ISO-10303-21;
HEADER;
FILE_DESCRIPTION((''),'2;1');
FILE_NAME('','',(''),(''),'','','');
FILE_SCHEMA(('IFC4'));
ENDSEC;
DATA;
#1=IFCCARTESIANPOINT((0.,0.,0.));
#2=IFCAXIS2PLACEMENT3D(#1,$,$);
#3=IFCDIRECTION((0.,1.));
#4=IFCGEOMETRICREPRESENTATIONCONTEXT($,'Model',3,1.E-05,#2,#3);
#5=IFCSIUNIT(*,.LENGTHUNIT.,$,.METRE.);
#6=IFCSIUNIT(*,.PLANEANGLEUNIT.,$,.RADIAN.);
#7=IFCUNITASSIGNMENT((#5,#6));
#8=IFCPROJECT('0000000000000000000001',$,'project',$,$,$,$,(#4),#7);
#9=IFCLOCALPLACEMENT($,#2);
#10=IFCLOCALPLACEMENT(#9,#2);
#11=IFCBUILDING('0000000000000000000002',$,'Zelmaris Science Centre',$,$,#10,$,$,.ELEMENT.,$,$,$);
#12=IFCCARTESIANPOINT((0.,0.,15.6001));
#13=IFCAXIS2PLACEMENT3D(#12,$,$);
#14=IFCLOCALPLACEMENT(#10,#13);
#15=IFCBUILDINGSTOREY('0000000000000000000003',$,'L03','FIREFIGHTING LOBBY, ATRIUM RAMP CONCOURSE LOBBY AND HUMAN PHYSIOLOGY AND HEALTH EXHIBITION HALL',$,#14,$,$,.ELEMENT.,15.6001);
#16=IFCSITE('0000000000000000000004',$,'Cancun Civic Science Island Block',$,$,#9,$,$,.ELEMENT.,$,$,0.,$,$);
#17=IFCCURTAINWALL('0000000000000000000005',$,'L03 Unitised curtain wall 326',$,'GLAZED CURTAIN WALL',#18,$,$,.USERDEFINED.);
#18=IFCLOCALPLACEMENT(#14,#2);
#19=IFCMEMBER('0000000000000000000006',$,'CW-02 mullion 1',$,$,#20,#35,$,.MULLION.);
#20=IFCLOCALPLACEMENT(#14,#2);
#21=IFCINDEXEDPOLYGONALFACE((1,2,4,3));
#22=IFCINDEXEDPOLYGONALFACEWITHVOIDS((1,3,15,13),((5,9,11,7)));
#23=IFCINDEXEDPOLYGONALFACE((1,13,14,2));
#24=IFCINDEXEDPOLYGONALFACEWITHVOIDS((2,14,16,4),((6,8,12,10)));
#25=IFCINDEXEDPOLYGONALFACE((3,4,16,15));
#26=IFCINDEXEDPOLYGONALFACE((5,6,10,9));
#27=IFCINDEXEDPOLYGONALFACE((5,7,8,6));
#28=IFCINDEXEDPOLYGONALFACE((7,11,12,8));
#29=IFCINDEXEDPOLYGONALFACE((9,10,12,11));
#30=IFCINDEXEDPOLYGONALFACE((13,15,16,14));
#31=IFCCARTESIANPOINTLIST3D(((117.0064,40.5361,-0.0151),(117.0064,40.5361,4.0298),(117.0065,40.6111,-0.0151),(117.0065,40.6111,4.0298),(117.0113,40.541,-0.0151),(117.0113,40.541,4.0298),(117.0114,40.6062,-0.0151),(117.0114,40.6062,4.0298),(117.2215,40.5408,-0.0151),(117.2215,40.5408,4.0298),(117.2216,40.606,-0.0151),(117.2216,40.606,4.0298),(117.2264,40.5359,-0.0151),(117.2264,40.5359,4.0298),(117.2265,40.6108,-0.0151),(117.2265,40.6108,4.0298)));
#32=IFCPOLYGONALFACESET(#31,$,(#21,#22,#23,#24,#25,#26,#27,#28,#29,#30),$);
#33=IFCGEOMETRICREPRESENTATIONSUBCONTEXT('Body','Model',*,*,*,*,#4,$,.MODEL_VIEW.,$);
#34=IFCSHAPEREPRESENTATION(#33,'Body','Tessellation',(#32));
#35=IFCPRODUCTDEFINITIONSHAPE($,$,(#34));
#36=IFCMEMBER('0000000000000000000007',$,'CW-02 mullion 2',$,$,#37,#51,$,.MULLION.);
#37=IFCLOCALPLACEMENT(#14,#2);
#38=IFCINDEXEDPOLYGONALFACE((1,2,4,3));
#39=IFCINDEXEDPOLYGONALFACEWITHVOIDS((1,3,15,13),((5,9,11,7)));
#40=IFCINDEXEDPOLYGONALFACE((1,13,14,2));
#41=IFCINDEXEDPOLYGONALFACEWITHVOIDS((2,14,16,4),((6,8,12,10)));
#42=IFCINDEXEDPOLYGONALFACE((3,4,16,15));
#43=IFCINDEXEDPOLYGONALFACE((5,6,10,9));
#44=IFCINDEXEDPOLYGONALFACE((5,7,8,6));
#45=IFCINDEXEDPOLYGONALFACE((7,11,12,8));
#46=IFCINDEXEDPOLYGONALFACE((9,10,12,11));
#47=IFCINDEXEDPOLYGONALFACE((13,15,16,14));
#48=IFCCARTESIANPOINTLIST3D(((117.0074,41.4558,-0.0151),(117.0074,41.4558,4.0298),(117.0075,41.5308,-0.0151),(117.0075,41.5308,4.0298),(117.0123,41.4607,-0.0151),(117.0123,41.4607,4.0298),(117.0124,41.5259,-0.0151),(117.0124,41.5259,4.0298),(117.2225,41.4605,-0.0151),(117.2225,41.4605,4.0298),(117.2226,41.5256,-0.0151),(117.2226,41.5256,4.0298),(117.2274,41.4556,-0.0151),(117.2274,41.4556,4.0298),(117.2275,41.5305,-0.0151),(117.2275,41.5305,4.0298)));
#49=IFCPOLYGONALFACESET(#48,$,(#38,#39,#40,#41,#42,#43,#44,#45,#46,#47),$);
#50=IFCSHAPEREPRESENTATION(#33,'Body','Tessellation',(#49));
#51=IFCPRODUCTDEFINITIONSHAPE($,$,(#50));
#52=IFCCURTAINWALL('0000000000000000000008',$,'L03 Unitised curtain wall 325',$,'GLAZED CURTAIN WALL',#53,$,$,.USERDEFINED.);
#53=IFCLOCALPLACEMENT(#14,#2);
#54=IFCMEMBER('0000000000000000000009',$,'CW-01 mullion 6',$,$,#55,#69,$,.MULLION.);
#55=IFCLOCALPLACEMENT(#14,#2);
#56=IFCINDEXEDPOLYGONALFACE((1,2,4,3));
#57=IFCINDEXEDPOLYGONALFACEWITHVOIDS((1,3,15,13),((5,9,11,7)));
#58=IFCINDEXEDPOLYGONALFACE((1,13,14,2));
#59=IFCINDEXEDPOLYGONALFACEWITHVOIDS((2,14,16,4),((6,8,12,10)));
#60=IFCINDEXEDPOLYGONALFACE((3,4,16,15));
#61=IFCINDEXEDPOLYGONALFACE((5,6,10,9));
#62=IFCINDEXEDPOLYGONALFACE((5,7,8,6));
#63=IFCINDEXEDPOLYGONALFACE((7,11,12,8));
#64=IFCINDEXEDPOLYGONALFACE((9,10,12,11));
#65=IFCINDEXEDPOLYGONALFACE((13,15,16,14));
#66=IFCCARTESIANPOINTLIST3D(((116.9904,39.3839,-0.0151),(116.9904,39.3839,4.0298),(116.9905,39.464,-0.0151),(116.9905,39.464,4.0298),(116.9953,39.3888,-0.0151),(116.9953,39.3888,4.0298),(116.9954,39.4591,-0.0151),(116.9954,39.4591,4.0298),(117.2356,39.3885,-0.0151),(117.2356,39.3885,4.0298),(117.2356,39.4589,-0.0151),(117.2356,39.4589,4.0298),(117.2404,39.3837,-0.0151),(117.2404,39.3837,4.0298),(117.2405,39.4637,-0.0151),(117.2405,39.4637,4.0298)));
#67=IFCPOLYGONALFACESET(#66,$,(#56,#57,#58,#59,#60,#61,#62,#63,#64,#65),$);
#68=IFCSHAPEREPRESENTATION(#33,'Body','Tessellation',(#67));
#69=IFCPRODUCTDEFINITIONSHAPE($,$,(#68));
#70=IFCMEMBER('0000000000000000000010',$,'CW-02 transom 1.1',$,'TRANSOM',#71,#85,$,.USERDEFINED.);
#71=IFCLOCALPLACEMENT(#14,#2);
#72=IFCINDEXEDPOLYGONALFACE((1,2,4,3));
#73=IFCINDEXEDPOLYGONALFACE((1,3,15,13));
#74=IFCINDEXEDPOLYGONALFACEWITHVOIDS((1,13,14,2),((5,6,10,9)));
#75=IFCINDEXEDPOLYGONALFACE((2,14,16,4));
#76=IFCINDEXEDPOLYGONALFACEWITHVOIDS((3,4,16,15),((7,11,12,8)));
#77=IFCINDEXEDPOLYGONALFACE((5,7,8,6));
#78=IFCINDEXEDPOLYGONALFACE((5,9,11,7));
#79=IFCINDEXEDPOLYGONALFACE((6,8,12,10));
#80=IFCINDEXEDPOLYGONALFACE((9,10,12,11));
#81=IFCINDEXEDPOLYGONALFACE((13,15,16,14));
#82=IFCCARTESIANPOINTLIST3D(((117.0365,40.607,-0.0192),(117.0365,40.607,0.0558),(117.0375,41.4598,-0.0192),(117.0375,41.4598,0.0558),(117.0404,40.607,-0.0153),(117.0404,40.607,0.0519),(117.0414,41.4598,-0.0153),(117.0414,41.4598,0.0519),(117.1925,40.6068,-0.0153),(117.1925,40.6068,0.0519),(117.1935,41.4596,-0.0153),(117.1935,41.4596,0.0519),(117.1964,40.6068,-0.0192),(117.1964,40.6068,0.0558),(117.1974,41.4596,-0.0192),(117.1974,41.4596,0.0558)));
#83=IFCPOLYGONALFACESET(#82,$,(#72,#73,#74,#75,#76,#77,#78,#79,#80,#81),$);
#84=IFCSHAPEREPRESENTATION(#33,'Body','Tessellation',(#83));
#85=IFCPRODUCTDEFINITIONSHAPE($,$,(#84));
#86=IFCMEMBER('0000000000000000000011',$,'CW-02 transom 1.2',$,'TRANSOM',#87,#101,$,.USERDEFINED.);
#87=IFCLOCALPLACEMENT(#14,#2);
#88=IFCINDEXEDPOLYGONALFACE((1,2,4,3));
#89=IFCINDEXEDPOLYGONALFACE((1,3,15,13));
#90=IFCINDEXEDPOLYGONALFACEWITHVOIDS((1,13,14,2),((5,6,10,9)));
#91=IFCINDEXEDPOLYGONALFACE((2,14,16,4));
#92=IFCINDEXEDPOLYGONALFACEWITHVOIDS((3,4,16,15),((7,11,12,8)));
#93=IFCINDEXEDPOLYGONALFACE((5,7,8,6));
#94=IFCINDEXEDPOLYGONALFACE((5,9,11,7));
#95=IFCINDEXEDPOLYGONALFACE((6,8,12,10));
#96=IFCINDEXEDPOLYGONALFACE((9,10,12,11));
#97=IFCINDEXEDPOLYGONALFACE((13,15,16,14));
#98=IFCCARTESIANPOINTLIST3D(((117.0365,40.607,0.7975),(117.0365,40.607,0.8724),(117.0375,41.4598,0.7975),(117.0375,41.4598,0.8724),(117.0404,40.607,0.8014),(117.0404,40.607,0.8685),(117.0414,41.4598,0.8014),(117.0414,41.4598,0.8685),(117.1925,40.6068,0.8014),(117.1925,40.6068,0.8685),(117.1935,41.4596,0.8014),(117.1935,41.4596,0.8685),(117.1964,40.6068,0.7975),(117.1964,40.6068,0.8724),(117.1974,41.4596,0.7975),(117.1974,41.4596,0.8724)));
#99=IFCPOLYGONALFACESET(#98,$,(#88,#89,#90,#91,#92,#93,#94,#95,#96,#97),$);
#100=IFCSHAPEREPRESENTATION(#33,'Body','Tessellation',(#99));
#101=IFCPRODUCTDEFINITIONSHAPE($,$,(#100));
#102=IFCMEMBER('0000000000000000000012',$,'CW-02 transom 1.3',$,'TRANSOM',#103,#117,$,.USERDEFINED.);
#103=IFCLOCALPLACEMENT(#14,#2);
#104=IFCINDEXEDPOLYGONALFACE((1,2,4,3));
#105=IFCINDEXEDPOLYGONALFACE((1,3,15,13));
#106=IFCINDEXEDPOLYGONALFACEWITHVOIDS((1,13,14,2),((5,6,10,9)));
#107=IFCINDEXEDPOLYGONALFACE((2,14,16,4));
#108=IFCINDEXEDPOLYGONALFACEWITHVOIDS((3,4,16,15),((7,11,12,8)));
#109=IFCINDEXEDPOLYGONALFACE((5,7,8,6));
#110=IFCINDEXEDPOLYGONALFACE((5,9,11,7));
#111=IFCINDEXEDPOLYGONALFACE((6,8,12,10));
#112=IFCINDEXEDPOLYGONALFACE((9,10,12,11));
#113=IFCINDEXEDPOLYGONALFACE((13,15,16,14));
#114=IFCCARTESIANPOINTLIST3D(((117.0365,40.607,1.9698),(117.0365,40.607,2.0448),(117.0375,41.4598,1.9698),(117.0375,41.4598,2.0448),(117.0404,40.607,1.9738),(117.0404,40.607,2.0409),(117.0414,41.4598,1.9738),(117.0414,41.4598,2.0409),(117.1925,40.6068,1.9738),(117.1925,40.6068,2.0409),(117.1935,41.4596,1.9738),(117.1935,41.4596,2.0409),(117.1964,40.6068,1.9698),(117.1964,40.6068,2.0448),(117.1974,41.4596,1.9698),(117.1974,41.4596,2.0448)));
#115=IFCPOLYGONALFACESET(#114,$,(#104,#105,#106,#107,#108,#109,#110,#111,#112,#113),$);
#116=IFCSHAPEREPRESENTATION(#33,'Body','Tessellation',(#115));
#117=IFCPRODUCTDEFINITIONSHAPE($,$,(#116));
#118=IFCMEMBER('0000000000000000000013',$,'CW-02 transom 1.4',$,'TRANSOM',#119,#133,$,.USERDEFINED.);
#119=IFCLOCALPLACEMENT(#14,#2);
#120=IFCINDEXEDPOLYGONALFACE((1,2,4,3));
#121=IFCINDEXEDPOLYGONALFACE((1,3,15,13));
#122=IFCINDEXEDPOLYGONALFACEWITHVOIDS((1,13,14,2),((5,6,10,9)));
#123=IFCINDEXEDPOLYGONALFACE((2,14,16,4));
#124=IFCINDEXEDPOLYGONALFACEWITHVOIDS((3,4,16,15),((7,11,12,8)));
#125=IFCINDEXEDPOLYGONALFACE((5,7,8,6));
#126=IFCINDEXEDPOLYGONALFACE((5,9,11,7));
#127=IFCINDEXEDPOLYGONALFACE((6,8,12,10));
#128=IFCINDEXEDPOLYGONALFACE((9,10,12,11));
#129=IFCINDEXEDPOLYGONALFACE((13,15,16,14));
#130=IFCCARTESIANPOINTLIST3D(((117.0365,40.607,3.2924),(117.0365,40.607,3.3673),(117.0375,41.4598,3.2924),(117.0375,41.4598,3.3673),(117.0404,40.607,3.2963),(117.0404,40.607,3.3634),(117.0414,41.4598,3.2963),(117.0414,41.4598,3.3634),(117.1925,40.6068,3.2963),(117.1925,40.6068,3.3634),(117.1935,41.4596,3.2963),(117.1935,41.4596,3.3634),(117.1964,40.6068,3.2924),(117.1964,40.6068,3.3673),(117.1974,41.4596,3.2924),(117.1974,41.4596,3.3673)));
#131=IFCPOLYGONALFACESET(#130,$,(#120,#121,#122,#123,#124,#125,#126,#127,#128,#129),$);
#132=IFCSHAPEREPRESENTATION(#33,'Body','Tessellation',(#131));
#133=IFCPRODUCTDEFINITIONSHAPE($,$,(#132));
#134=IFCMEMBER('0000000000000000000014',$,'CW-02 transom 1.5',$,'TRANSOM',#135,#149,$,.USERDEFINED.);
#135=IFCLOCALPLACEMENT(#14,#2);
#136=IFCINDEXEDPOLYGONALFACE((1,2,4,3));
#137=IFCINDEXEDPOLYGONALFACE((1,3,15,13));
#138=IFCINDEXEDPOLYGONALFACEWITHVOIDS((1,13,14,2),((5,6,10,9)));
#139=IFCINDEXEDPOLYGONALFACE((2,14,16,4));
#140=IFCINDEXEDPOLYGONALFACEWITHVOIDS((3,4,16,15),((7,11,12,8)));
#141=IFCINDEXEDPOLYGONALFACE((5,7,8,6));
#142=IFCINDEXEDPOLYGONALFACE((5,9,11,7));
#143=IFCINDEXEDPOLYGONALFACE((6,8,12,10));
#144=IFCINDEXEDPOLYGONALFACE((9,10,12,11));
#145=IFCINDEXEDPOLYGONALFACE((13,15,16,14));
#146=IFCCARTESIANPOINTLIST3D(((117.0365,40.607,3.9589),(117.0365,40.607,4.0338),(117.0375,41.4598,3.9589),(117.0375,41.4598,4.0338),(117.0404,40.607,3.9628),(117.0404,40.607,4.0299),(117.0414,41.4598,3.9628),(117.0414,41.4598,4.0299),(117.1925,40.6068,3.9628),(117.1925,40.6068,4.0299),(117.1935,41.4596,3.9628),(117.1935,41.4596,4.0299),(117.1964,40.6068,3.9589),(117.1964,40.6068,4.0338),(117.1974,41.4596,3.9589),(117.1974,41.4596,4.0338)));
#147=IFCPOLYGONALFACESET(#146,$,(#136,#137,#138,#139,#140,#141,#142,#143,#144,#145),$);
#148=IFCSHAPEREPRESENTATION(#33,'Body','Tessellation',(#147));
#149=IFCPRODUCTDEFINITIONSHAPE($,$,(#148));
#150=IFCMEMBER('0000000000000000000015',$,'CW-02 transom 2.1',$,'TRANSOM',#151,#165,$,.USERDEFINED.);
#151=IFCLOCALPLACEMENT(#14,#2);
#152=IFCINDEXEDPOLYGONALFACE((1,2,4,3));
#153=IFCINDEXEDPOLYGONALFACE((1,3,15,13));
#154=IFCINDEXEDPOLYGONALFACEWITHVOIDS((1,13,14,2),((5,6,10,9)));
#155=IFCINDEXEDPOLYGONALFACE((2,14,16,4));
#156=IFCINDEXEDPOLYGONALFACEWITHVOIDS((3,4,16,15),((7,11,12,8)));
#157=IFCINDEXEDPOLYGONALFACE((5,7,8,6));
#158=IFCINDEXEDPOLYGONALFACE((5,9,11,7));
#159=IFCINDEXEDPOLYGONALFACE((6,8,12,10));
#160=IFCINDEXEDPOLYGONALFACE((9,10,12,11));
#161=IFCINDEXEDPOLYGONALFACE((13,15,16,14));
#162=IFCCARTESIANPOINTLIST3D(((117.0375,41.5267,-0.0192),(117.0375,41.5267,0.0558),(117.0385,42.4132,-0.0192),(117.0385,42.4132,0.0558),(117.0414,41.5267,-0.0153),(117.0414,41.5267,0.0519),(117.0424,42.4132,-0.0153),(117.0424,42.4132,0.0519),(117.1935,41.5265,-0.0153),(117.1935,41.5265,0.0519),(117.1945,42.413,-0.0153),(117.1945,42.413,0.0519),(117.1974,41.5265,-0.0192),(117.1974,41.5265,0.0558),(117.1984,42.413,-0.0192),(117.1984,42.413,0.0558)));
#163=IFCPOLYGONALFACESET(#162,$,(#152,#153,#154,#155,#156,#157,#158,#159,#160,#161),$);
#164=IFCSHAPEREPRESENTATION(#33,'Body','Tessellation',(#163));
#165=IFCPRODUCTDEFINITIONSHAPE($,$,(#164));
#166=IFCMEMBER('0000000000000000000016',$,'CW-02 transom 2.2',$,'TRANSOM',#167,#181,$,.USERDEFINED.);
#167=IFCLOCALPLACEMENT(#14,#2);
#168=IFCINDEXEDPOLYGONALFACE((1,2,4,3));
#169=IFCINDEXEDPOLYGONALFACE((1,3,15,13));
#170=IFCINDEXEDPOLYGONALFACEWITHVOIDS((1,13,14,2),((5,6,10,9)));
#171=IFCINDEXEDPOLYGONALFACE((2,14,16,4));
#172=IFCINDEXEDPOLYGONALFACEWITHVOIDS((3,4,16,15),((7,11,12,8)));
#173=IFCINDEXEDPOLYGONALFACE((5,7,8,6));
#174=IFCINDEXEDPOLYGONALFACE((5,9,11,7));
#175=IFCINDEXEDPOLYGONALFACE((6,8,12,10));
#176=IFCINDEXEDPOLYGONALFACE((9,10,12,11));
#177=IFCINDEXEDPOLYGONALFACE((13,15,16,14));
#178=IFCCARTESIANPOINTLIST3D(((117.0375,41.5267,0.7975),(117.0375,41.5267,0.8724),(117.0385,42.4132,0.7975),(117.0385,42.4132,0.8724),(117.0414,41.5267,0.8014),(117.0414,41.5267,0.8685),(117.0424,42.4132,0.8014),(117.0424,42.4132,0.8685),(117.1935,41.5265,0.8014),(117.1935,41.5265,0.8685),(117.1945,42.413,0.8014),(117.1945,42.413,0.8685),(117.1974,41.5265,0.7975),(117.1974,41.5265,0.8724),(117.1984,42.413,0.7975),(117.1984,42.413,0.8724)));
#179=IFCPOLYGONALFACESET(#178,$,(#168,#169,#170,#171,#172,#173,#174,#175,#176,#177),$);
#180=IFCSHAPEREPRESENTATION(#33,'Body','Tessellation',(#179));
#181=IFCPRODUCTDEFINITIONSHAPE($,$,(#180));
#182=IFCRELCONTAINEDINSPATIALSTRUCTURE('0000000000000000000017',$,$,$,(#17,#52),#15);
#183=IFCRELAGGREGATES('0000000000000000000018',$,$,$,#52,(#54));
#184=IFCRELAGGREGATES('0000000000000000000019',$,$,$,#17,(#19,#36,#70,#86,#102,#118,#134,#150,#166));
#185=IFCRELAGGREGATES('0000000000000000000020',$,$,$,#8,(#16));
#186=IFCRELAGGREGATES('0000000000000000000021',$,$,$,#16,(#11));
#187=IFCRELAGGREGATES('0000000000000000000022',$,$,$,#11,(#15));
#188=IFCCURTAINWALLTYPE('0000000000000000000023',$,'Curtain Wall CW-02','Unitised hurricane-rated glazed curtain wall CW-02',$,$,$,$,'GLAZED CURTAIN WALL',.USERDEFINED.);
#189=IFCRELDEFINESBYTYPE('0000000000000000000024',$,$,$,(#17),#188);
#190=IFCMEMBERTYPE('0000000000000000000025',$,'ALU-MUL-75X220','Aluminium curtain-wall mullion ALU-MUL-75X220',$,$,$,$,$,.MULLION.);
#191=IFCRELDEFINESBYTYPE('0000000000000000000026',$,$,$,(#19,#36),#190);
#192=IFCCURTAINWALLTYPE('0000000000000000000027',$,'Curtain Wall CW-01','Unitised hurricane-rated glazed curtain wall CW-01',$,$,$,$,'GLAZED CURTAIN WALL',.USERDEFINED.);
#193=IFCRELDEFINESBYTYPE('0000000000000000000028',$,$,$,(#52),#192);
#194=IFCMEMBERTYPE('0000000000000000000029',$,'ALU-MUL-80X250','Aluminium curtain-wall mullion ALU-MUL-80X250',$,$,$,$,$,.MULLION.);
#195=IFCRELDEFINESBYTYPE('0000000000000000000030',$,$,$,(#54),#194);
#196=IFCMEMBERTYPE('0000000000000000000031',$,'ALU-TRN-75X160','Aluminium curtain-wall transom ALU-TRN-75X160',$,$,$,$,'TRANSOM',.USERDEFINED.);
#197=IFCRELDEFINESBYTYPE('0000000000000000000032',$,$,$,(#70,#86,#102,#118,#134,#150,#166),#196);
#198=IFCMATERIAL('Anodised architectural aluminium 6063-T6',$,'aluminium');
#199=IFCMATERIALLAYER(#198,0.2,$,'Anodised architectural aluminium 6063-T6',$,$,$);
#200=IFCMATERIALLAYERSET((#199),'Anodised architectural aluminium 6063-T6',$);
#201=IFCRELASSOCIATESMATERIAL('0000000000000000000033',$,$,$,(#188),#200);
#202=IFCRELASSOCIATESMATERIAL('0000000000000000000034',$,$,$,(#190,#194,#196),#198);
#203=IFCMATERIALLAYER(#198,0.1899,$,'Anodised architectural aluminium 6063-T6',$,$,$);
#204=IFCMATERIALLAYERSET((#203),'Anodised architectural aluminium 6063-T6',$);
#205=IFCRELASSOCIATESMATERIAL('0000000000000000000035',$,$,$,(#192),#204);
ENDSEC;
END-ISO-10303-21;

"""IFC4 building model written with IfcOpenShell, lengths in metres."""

from ifc_helpers import new_model, si_unit, direction, frame, origin, origin_2d, place, context, subcontext, project, spatial, hollow_rectangle, extrude, material, layer, layer_set, material_profile, profile_set, type_object, element, aggregate, save


model = new_model("IFC4")

# Units and contexts
model_context = context("Model", 3, precision=1e-05, world=origin(), true_north=direction((0.0, 1.0)))
body_context = subcontext(model_context, "Body", "Model", "MODEL_VIEW")
ifc_project = project(units=[si_unit("LENGTHUNIT", "METRE"), si_unit("PLANEANGLEUNIT", "RADIAN")], contexts=[model_context])

# Site, building, storey
site_placement = place(None, origin())
site = spatial("IfcSite", under=ifc_project, at=site_placement, Name="Cancun Civic Science Island Block", CompositionType="ELEMENT", RefElevation=0.0)
building_placement = place(site_placement, origin())
building = spatial("IfcBuilding", under=site, at=building_placement, Name="Zelmaris Science Centre", CompositionType="ELEMENT")
storey_placement = place(building_placement, frame((0.0, 0.0, 15.6001)))
storey = spatial("IfcBuildingStorey", under=building, at=storey_placement, Name="L03", Description="FIREFIGHTING LOBBY, ATRIUM RAMP CONCOURSE LOBBY AND HUMAN PHYSIOLOGY AND HEALTH EXHIBITION HALL", CompositionType="ELEMENT", Elevation=15.6001)

# Curtain wall, members
ifc_material_1 = material(Name="Anodised architectural aluminium 6063-T6", Category="aluminium")
ifc_layer_1 = layer(ifc_material_1, 0.2, Name="Anodised architectural aluminium 6063-T6")
ifc_layer_set_1 = layer_set([ifc_layer_1], Name="Anodised architectural aluminium 6063-T6")
curtain_wall_type_1 = type_object("IfcCurtainWallType", Name="Curtain Wall CW-02", Description="Unitised hurricane-rated glazed curtain wall CW-02", ElementType="GLAZED CURTAIN WALL", PredefinedType="USERDEFINED", material=ifc_layer_set_1)
curtain_wall_1_placement = place(storey_placement, origin())
curtain_wall_1 = element("IfcCurtainWall", 1, at=curtain_wall_1_placement, inside=storey, type_object=curtain_wall_type_1, Name="L03 Unitised curtain wall 326", ObjectType="GLAZED CURTAIN WALL", PredefinedType="USERDEFINED")
ifc_material_profile_1 = material_profile(ifc_material_1, hollow_rectangle(XDim=0.075, YDim=0.22, WallThickness=0.0049, at=origin_2d()), Name="ALU-MUL-75X220")
ifc_profile_set_1 = profile_set([ifc_material_profile_1], Name="Anodised architectural aluminium 6063-T6")
member_type_1 = type_object("IfcMemberType", Name="ALU-MUL-75X220", Description="Aluminium curtain-wall mullion ALU-MUL-75X220", PredefinedType="MULLION", material=ifc_profile_set_1)
member_1_placement = place(storey_placement, frame((117.1165, 40.5735, -0.0151), z_axis=(0.0, 0.0, 1.0), x_axis=(0.001019, 0.999999, 0.0)))
member_1 = element("IfcMember", 2, at=member_1_placement, type_object=member_type_1, Name="CW-02 mullion 1", PredefinedType="MULLION", context=body_context, shape_type="SweptSolid", body=[
    extrude(hollow_rectangle(XDim=0.075, YDim=0.22, WallThickness=0.0049, at=origin_2d()), origin(), (0.0, 0.0, 1.0), 4.0449),
])
member_2_placement = place(storey_placement, frame((117.1174, 41.4932, -0.0151), z_axis=(0.0, 0.0, 1.0), x_axis=(0.001019, 0.999999, 0.0)))
member_2 = element("IfcMember", 3, at=member_2_placement, type_object=member_type_1, Name="CW-02 mullion 2", PredefinedType="MULLION", context=body_context, shape_type="SweptSolid", body=[
    extrude(hollow_rectangle(XDim=0.075, YDim=0.22, WallThickness=0.0049, at=origin_2d()), origin(), (0.0, 0.0, 1.0), 4.0449),
])

# Curtain wall, member
ifc_layer_2 = layer(ifc_material_1, 0.1899, Name="Anodised architectural aluminium 6063-T6")
ifc_layer_set_2 = layer_set([ifc_layer_2], Name="Anodised architectural aluminium 6063-T6")
curtain_wall_type_2 = type_object("IfcCurtainWallType", Name="Curtain Wall CW-01", Description="Unitised hurricane-rated glazed curtain wall CW-01", ElementType="GLAZED CURTAIN WALL", PredefinedType="USERDEFINED", material=ifc_layer_set_2)
curtain_wall_2_placement = place(storey_placement, origin())
curtain_wall_2 = element("IfcCurtainWall", 4, at=curtain_wall_2_placement, inside=storey, type_object=curtain_wall_type_2, Name="L03 Unitised curtain wall 325", ObjectType="GLAZED CURTAIN WALL", PredefinedType="USERDEFINED")
ifc_material_profile_2 = material_profile(ifc_material_1, hollow_rectangle(XDim=0.0801, YDim=0.25, WallThickness=0.0049, at=origin_2d()), Name="ALU-MUL-80X250")
ifc_profile_set_2 = profile_set([ifc_material_profile_2], Name="Anodised architectural aluminium 6063-T6")
member_type_2 = type_object("IfcMemberType", Name="ALU-MUL-80X250", Description="Aluminium curtain-wall mullion ALU-MUL-80X250", PredefinedType="MULLION", material=ifc_profile_set_2)
member_3_placement = place(storey_placement, frame((117.1155, 39.4238, -0.0151), z_axis=(0.0, 0.0, 1.0), x_axis=(0.001019, 0.999999, 0.0)))
member_3 = element("IfcMember", 5, at=member_3_placement, type_object=member_type_2, Name="CW-01 mullion 6", PredefinedType="MULLION", context=body_context, shape_type="SweptSolid", body=[
    extrude(hollow_rectangle(XDim=0.0801, YDim=0.25, WallThickness=0.0049, at=origin_2d()), origin(), (0.0, 0.0, 1.0), 4.0449),
])

# Members
ifc_material_profile_3 = material_profile(ifc_material_1, hollow_rectangle(XDim=0.075, YDim=0.1599, WallThickness=0.0039, at=origin_2d()), Name="ALU-TRN-75X160")
ifc_profile_set_3 = profile_set([ifc_material_profile_3], Name="Anodised architectural aluminium 6063-T6")
member_type_3 = type_object("IfcMemberType", Name="ALU-TRN-75X160", Description="Aluminium curtain-wall transom ALU-TRN-75X160", ElementType="TRANSOM", PredefinedType="USERDEFINED", material=ifc_profile_set_3)
member_4_placement = place(storey_placement, frame((117.1165, 40.6069, 0.0183), z_axis=(0.001145, 0.999999, 0.0), x_axis=(0.0, 0.0, 1.0)))
member_4 = element("IfcMember", 6, at=member_4_placement, type_object=member_type_3, Name="CW-02 transom 1.1", ObjectType="TRANSOM", PredefinedType="USERDEFINED", context=body_context, shape_type="SweptSolid", body=[
    extrude(hollow_rectangle(XDim=0.075, YDim=0.1599, WallThickness=0.0039, at=origin_2d()), origin(), (0.0, 0.0, 1.0), 0.8528),
])
member_5_placement = place(storey_placement, frame((117.1165, 40.6069, 0.835), z_axis=(0.001145, 0.999999, 0.0), x_axis=(0.0, 0.0, 1.0)))
member_5 = element("IfcMember", 7, at=member_5_placement, type_object=member_type_3, Name="CW-02 transom 1.2", ObjectType="TRANSOM", PredefinedType="USERDEFINED", context=body_context, shape_type="SweptSolid", body=[
    extrude(hollow_rectangle(XDim=0.075, YDim=0.1599, WallThickness=0.0039, at=origin_2d()), origin(), (0.0, 0.0, 1.0), 0.8528),
])
member_6_placement = place(storey_placement, frame((117.1165, 40.6069, 2.0073), z_axis=(0.001145, 0.999999, 0.0), x_axis=(0.0, 0.0, 1.0)))
member_6 = element("IfcMember", 8, at=member_6_placement, type_object=member_type_3, Name="CW-02 transom 1.3", ObjectType="TRANSOM", PredefinedType="USERDEFINED", context=body_context, shape_type="SweptSolid", body=[
    extrude(hollow_rectangle(XDim=0.075, YDim=0.1599, WallThickness=0.0039, at=origin_2d()), origin(), (0.0, 0.0, 1.0), 0.8528),
])
member_7_placement = place(storey_placement, frame((117.1165, 40.6069, 3.3298), z_axis=(0.001145, 0.999999, 0.0), x_axis=(0.0, 0.0, 1.0)))
member_7 = element("IfcMember", 9, at=member_7_placement, type_object=member_type_3, Name="CW-02 transom 1.4", ObjectType="TRANSOM", PredefinedType="USERDEFINED", context=body_context, shape_type="SweptSolid", body=[
    extrude(hollow_rectangle(XDim=0.075, YDim=0.1599, WallThickness=0.0039, at=origin_2d()), origin(), (0.0, 0.0, 1.0), 0.8528),
])
member_8_placement = place(storey_placement, frame((117.1165, 40.6069, 3.9963), z_axis=(0.001145, 0.999999, 0.0), x_axis=(0.0, 0.0, 1.0)))
member_8 = element("IfcMember", 10, at=member_8_placement, type_object=member_type_3, Name="CW-02 transom 1.5", ObjectType="TRANSOM", PredefinedType="USERDEFINED", context=body_context, shape_type="SweptSolid", body=[
    extrude(hollow_rectangle(XDim=0.075, YDim=0.1599, WallThickness=0.0039, at=origin_2d()), origin(), (0.0, 0.0, 1.0), 0.8528),
])
member_9_placement = place(storey_placement, frame((117.1174, 41.5266, 0.0183), z_axis=(0.001102, 0.999999, 0.0), x_axis=(0.0, 0.0, 1.0)))
member_9 = element("IfcMember", 11, at=member_9_placement, type_object=member_type_3, Name="CW-02 transom 2.1", ObjectType="TRANSOM", PredefinedType="USERDEFINED", context=body_context, shape_type="SweptSolid", body=[
    extrude(hollow_rectangle(XDim=0.075, YDim=0.1599, WallThickness=0.0039, at=origin_2d()), origin(), (0.0, 0.0, 1.0), 0.8865),
])
member_10_placement = place(storey_placement, frame((117.1174, 41.5266, 0.835), z_axis=(0.001102, 0.999999, 0.0), x_axis=(0.0, 0.0, 1.0)))
member_10 = element("IfcMember", 12, at=member_10_placement, type_object=member_type_3, Name="CW-02 transom 2.2", ObjectType="TRANSOM", PredefinedType="USERDEFINED", context=body_context, shape_type="SweptSolid", body=[
    extrude(hollow_rectangle(XDim=0.075, YDim=0.1599, WallThickness=0.0039, at=origin_2d()), origin(), (0.0, 0.0, 1.0), 0.8865),
])

aggregate(curtain_wall_2, [member_3])
aggregate(curtain_wall_1, [member_1, member_2, member_4, member_5, member_6, member_7, member_8, member_9, member_10])

save(model, "model.ifc")
